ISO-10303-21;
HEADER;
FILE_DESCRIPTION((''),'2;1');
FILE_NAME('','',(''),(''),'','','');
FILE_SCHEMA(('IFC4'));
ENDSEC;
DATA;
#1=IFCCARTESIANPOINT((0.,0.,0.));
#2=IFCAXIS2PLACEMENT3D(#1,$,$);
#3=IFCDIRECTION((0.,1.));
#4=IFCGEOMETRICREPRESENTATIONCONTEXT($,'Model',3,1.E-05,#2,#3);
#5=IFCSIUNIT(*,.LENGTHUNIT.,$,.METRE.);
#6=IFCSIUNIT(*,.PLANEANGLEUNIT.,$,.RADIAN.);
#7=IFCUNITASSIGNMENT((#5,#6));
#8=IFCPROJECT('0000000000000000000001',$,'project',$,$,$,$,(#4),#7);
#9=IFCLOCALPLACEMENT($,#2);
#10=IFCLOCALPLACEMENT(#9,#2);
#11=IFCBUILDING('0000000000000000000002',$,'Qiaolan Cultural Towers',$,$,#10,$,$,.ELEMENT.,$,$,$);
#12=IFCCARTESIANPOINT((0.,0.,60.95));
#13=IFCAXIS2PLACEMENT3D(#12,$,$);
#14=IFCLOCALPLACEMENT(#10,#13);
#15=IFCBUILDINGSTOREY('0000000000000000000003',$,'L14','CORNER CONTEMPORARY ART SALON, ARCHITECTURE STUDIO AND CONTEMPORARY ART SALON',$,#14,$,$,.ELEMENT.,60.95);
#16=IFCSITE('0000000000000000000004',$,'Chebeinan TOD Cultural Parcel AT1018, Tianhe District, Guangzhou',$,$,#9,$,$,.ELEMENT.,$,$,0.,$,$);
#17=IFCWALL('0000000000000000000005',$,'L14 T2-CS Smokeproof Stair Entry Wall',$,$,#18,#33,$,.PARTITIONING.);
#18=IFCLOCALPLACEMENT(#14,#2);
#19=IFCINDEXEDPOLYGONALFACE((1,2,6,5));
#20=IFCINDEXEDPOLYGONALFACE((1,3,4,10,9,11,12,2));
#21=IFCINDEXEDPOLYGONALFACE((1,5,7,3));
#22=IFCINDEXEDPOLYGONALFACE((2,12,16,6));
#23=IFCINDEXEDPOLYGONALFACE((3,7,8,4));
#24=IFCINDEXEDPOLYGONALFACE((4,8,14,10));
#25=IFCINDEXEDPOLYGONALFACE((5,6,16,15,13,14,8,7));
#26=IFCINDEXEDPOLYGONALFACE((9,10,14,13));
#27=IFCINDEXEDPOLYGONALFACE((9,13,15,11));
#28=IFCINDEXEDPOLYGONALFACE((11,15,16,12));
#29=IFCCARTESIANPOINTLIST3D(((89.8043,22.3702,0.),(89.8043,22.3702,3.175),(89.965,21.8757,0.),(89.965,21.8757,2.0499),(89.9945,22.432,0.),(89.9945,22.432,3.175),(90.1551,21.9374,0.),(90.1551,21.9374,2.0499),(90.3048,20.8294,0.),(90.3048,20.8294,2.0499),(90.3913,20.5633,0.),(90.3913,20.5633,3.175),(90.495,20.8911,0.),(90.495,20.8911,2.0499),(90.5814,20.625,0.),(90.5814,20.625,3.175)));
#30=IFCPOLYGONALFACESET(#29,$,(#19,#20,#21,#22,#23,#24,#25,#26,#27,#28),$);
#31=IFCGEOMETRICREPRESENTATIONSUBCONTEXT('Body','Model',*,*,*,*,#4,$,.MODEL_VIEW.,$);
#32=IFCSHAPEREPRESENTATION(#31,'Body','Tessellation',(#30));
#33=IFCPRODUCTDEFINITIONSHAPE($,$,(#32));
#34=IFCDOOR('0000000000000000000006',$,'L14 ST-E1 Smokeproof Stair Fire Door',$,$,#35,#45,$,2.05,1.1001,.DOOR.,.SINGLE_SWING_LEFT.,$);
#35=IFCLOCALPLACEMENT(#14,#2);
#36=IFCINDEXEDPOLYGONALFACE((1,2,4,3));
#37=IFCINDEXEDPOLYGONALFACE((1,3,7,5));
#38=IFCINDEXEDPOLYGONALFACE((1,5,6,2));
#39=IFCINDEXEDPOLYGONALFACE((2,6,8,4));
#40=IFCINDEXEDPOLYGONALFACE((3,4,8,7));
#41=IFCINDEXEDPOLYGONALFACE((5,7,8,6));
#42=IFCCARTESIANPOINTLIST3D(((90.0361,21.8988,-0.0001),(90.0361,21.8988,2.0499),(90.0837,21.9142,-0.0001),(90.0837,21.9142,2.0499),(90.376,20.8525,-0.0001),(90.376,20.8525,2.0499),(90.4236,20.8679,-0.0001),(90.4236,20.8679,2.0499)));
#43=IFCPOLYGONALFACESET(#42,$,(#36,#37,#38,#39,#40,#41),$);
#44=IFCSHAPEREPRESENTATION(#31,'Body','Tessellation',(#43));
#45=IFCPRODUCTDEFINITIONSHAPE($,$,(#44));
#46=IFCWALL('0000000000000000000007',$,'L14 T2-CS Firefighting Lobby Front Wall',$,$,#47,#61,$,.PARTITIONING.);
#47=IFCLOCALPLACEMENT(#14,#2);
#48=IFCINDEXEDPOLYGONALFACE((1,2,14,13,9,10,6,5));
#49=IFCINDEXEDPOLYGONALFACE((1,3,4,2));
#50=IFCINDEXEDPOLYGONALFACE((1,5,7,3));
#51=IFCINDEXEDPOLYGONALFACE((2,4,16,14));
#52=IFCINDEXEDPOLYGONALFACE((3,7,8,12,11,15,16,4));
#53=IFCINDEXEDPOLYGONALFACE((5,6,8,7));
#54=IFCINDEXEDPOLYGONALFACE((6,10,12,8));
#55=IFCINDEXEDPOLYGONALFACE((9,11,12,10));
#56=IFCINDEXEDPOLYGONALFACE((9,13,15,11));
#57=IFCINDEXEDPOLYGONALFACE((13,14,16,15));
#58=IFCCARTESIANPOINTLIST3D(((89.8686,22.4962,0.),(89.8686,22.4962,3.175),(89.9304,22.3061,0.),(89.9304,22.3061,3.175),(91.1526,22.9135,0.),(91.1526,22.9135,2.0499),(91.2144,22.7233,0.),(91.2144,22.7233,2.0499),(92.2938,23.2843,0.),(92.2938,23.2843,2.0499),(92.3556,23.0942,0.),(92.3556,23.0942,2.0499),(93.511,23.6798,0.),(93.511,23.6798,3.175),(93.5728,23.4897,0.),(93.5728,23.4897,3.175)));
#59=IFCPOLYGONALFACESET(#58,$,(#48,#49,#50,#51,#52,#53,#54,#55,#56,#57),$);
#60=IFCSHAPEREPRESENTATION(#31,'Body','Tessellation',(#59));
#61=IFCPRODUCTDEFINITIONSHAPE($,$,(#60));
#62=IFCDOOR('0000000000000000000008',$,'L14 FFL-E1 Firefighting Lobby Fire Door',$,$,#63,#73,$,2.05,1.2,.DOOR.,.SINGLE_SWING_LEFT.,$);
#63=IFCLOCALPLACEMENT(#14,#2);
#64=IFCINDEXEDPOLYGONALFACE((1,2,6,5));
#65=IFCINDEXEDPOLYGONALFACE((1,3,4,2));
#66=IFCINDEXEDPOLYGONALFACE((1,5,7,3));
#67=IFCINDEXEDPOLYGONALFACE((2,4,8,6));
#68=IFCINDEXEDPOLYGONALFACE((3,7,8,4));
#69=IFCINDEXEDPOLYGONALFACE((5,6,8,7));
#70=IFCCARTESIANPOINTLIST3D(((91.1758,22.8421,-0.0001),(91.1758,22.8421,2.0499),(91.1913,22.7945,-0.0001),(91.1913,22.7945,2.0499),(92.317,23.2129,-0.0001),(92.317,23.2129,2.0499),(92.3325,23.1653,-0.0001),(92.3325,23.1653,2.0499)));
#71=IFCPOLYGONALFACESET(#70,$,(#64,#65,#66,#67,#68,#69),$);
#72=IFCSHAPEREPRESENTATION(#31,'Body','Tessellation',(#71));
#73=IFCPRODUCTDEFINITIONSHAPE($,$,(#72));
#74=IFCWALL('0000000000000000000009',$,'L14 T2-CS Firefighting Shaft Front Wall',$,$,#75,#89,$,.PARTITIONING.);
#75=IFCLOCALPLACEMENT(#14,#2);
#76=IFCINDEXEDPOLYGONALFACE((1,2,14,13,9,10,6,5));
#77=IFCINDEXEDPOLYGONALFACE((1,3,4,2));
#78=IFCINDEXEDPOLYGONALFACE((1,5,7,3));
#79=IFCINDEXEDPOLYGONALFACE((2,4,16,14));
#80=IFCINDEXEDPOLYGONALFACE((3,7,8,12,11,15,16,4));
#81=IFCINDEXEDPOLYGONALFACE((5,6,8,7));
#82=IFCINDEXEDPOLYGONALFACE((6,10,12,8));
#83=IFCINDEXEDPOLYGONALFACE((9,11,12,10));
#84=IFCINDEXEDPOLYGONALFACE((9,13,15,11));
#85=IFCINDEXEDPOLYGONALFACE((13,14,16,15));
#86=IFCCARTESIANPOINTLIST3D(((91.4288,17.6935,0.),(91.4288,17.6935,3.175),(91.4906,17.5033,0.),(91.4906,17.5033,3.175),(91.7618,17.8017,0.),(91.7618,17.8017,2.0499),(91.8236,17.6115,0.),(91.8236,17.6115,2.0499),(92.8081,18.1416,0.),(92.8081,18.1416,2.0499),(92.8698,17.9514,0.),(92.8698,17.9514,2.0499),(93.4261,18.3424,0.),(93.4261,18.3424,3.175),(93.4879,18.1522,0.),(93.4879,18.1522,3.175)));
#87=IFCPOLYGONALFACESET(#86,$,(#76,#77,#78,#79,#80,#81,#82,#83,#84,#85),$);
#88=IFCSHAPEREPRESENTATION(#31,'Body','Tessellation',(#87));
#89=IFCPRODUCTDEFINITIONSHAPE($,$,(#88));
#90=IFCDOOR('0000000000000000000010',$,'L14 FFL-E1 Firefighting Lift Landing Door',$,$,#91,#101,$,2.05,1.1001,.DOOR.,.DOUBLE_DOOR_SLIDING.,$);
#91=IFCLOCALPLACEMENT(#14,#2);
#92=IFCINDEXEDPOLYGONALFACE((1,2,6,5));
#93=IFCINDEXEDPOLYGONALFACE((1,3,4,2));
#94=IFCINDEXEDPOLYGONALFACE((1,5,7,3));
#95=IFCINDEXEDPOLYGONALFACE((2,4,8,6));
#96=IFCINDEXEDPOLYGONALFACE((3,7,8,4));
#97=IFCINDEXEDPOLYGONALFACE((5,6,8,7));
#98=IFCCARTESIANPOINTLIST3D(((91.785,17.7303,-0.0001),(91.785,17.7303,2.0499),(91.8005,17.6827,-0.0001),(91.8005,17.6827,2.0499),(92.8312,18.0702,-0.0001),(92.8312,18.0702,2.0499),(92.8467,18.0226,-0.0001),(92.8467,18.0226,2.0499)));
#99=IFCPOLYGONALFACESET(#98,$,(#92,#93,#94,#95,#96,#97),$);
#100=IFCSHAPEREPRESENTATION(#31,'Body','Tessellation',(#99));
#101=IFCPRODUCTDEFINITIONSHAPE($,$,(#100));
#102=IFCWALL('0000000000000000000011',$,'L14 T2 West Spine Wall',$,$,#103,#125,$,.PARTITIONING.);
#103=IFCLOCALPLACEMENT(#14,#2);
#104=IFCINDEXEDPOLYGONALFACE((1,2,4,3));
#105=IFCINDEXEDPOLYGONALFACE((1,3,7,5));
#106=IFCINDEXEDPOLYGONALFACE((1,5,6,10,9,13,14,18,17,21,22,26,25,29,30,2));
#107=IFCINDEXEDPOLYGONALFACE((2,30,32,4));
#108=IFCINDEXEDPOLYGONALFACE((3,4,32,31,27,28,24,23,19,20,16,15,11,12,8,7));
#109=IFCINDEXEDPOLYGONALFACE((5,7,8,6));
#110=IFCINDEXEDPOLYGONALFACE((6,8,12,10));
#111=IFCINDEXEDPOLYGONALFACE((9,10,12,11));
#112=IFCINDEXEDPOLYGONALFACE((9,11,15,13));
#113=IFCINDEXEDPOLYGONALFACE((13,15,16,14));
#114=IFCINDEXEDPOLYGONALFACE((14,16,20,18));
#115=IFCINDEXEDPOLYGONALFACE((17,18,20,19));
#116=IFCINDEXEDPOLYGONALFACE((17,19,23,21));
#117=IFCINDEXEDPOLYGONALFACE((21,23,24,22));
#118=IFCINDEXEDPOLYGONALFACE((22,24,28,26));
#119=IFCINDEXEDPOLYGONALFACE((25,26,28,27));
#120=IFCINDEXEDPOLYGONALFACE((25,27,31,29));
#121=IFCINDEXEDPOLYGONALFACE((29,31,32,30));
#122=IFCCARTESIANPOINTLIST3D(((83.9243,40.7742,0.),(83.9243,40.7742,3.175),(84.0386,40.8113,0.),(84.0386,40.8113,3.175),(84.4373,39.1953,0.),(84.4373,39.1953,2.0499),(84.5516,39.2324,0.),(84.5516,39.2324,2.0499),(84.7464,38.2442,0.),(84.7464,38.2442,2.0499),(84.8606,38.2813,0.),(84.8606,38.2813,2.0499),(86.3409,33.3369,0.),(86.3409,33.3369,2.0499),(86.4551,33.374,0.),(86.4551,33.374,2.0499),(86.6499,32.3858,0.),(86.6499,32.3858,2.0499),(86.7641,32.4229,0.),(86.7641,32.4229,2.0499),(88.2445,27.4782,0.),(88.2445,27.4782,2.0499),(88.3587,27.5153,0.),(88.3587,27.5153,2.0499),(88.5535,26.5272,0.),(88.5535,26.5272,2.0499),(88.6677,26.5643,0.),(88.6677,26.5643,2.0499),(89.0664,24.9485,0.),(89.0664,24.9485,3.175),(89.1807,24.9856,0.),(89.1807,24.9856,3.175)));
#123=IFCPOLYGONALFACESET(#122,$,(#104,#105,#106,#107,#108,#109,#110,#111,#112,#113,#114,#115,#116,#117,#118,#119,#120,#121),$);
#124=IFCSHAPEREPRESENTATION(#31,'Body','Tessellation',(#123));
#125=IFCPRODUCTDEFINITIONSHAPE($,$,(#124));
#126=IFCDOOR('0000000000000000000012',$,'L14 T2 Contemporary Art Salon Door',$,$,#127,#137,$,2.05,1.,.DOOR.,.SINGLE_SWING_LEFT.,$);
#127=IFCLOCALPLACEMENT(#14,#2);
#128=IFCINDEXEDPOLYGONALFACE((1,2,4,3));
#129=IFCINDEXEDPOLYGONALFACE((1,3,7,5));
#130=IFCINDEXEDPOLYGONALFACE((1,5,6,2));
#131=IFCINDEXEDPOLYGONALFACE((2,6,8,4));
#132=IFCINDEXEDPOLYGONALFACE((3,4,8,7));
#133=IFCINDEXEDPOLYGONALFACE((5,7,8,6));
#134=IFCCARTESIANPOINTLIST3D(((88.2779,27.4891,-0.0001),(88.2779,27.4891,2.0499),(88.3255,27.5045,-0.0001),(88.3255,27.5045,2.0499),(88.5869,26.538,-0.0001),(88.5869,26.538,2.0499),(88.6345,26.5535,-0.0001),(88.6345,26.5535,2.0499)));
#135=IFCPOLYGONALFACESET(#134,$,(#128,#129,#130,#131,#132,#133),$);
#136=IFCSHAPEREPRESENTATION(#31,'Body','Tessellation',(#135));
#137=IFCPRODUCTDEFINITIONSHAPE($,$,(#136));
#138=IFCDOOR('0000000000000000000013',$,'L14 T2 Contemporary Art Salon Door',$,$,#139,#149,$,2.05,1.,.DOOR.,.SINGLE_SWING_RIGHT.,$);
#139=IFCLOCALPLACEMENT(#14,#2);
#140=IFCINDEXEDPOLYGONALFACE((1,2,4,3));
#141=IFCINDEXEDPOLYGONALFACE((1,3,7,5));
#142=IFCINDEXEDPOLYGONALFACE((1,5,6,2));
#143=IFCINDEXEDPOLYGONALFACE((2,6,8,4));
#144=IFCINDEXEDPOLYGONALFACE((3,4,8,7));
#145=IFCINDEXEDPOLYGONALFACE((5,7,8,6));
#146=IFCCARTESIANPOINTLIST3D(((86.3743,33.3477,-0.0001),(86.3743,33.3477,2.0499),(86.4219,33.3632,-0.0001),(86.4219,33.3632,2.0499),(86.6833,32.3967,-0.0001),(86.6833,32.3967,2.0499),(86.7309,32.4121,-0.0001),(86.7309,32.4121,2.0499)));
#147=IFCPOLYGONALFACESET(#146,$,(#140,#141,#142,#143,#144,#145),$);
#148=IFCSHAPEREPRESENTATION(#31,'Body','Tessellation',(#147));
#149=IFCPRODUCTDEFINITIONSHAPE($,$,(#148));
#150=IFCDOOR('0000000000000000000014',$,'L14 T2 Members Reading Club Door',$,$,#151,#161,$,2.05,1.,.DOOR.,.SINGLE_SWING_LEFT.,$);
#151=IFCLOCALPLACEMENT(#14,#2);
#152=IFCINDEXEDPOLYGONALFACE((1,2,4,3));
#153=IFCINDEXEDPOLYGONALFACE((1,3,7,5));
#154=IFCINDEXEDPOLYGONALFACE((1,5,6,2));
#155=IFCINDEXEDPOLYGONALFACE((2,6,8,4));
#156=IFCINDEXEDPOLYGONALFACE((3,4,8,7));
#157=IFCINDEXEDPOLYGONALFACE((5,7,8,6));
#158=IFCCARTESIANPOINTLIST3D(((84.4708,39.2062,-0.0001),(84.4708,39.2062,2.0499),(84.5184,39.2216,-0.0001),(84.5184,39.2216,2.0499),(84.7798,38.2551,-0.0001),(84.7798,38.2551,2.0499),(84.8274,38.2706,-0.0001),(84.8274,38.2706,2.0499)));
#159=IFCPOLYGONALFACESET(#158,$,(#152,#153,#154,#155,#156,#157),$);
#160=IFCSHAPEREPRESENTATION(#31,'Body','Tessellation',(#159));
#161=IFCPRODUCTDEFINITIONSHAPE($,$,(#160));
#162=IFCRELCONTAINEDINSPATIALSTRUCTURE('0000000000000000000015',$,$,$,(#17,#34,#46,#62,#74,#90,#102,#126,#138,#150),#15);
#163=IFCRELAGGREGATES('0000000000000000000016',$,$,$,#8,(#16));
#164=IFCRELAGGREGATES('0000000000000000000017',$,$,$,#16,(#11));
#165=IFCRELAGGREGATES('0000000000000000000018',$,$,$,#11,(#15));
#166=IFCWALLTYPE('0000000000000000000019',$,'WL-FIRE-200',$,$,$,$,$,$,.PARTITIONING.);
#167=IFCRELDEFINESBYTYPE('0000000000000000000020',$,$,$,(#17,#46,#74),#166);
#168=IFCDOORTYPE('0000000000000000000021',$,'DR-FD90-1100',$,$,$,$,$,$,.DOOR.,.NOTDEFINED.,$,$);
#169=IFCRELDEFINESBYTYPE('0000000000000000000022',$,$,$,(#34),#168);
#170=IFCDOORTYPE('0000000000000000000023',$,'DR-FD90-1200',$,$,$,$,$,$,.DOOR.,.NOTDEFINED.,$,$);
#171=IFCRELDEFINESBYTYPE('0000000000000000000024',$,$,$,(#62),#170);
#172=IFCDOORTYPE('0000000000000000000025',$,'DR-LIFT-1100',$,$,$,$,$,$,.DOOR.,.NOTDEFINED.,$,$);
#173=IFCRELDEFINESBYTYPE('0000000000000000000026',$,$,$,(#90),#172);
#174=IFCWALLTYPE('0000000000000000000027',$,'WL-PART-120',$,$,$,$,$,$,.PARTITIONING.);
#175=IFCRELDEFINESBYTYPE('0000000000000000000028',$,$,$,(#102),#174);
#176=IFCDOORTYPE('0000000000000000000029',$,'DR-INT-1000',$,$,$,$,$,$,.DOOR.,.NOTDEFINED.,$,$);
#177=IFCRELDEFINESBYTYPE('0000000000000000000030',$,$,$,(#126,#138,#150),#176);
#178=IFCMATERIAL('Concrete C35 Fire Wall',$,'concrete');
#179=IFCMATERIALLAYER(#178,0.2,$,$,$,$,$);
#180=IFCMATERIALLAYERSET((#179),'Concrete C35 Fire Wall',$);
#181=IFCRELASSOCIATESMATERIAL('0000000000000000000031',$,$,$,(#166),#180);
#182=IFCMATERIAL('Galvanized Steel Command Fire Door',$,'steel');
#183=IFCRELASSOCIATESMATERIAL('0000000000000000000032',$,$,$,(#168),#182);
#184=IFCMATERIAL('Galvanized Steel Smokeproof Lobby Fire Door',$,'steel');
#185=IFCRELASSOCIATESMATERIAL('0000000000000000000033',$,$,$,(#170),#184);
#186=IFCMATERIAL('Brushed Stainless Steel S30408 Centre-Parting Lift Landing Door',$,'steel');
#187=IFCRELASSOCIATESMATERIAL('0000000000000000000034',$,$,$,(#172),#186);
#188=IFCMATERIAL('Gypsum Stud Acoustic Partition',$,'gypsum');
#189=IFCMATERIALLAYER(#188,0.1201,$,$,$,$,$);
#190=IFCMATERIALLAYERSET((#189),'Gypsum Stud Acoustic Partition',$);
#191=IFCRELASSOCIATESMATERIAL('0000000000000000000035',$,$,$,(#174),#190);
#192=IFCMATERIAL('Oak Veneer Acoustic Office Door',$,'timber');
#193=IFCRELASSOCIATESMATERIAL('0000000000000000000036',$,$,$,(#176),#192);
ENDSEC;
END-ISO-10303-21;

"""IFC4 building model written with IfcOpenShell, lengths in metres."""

from ifc_helpers import new_model, si_unit, direction, frame, frame_2d, origin, place, context, subcontext, project, spatial, rectangle, extrude, material, layer, layer_set, type_object, element, fill, save


model = new_model("IFC4")

# Units and contexts
model_context = context("Model", 3, precision=1e-05, world=origin(), true_north=direction((0.0, 1.0)))
body_context = subcontext(model_context, "Body", "Model", "MODEL_VIEW")
ifc_project = project(units=[si_unit("LENGTHUNIT", "METRE"), si_unit("PLANEANGLEUNIT", "RADIAN")], contexts=[model_context])

# Site, building, storey
site_placement = place(None, origin())
site = spatial("IfcSite", under=ifc_project, at=site_placement, Name="Chebeinan TOD Cultural Parcel AT1018, Tianhe District, Guangzhou", CompositionType="ELEMENT", RefElevation=0.0)
building_placement = place(site_placement, origin())
building = spatial("IfcBuilding", under=site, at=building_placement, Name="Qiaolan Cultural Towers", CompositionType="ELEMENT")
storey_placement = place(building_placement, frame((0.0, 0.0, 60.95)))
storey = spatial("IfcBuildingStorey", under=building, at=storey_placement, Name="L14", Description="CORNER CONTEMPORARY ART SALON, ARCHITECTURE STUDIO AND CONTEMPORARY ART SALON", CompositionType="ELEMENT", Elevation=60.95)

# Walls, openings, doors
ifc_material_1 = material(Name="Concrete C35 Fire Wall", Category="concrete")
ifc_layer_1 = layer(ifc_material_1, 0.2)
ifc_layer_set_1 = layer_set([ifc_layer_1], Name="Concrete C35 Fire Wall")
wall_type_1 = type_object("IfcWallType", Name="WL-FIRE-200", PredefinedType="PARTITIONING", material=ifc_layer_set_1)
wall_1_placement = place(storey_placement, frame((89.8994, 22.4011, 0.0), z_axis=(0.0, 0.0, 1.0), x_axis=(0.308932, -0.951084, 0.0)))
wall_1 = element("IfcWall", 1, at=wall_1_placement, inside=storey, type_object=wall_type_1, Name="L14 T2-CS Smokeproof Stair Entry Wall", PredefinedType="PARTITIONING", context=body_context, shape_type="SweptSolid", body=[
    extrude(rectangle(XDim=1.8999, YDim=0.2, at=frame_2d((0.95, 0.0))), origin(), (0.0, 0.0, 1.0), 3.175),
])
opening_1_placement = place(wall_1_placement, frame((0.52, 0.0, 0.0)))
opening_1 = element("IfcOpeningElement", 2, at=opening_1_placement, cuts=wall_1, PredefinedType="OPENING", context=body_context, shape_type="SweptSolid", body=[
    extrude(rectangle(XDim=1.1001, YDim=2.05, at=frame_2d((0.55, 1.0249))), frame((0.0, 0.1099, 0.0), z_axis=(0.0, -1.0, 0.0), x_axis=(1.0, 0.0, 0.0)), (0.0, 0.0, 1.0), 0.22),
])
ifc_material_2 = material(Name="Galvanized Steel Command Fire Door", Category="steel")
door_type_1 = type_object("IfcDoorType", Name="DR-FD90-1100", OperationType="NOTDEFINED", PredefinedType="DOOR", material=ifc_material_2)
door_1_placement = place(opening_1_placement, origin())
door_1 = element("IfcDoor", 3, at=door_1_placement, inside=storey, type_object=door_type_1, Name="L14 ST-E1 Smokeproof Stair Fire Door", OperationType="SINGLE_SWING_LEFT", OverallHeight=2.05, OverallWidth=1.1001, PredefinedType="DOOR", context=body_context, shape_type="SweptSolid", body=[
    extrude(rectangle(XDim=1.1001, YDim=2.05, at=frame_2d((0.55, 1.0249))), frame((0.0, 0.0249, 0.0), z_axis=(0.0, -1.0, 0.0), x_axis=(1.0, 0.0, 0.0)), (0.0, 0.0, 1.0), 0.05),
])
fill(opening_1, door_1)
wall_2_placement = place(storey_placement, frame((89.8994, 22.4011, 0.0), z_axis=(0.0, 0.0, 1.0), x_axis=(0.951047, 0.309047, 0.0)))
wall_2 = element("IfcWall", 4, at=wall_2_placement, inside=storey, type_object=wall_type_1, Name="L14 T2-CS Firefighting Lobby Front Wall", PredefinedType="PARTITIONING", context=body_context, shape_type="SweptSolid", body=[
    extrude(rectangle(XDim=3.8298, YDim=0.2, at=frame_2d((1.915, 0.0))), origin(), (0.0, 0.0, 1.0), 3.175),
])
opening_2_placement = place(wall_2_placement, frame((1.3501, 0.0, 0.0)))
opening_2 = element("IfcOpeningElement", 5, at=opening_2_placement, cuts=wall_2, PredefinedType="OPENING", context=body_context, shape_type="SweptSolid", body=[
    extrude(rectangle(XDim=1.2, YDim=2.05, at=frame_2d((0.6001, 1.0249))), frame((0.0, 0.1099, 0.0), z_axis=(0.0, -1.0, 0.0), x_axis=(1.0, 0.0, 0.0)), (0.0, 0.0, 1.0), 0.22),
])
ifc_material_3 = material(Name="Galvanized Steel Smokeproof Lobby Fire Door", Category="steel")
door_type_2 = type_object("IfcDoorType", Name="DR-FD90-1200", OperationType="NOTDEFINED", PredefinedType="DOOR", material=ifc_material_3)
door_2_placement = place(opening_2_placement, origin())
door_2 = element("IfcDoor", 6, at=door_2_placement, inside=storey, type_object=door_type_2, Name="L14 FFL-E1 Firefighting Lobby Fire Door", OperationType="SINGLE_SWING_LEFT", OverallHeight=2.05, OverallWidth=1.2, PredefinedType="DOOR", context=body_context, shape_type="SweptSolid", body=[
    extrude(rectangle(XDim=1.2, YDim=2.05, at=frame_2d((0.6001, 1.0249))), frame((0.0, 0.0249, 0.0), z_axis=(0.0, -1.0, 0.0), x_axis=(1.0, 0.0, 0.0)), (0.0, 0.0, 1.0), 0.05),
])
fill(opening_2, door_2)
wall_3_placement = place(storey_placement, frame((91.4597, 17.5984, 0.0), z_axis=(0.0, 0.0, 1.0), x_axis=(0.951062, 0.308999, 0.0)))
wall_3 = element("IfcWall", 7, at=wall_3_placement, inside=storey, type_object=wall_type_1, Name="L14 T2-CS Firefighting Shaft Front Wall", PredefinedType="PARTITIONING", context=body_context, shape_type="SweptSolid", body=[
    extrude(rectangle(XDim=2.1001, YDim=0.2, at=frame_2d((1.05, 0.0))), origin(), (0.0, 0.0, 1.0), 3.175),
])
opening_3_placement = place(wall_3_placement, frame((0.3501, 0.0, 0.0)))
opening_3 = element("IfcOpeningElement", 8, at=opening_3_placement, cuts=wall_3, PredefinedType="OPENING", context=body_context, shape_type="SweptSolid", body=[
    extrude(rectangle(XDim=1.1001, YDim=2.05, at=frame_2d((0.55, 1.0249))), frame((0.0, 0.1099, 0.0), z_axis=(0.0, -1.0, 0.0), x_axis=(1.0, 0.0, 0.0)), (0.0, 0.0, 1.0), 0.22),
])
ifc_material_4 = material(Name="Brushed Stainless Steel S30408 Centre-Parting Lift Landing Door", Category="steel")
door_type_3 = type_object("IfcDoorType", Name="DR-LIFT-1100", OperationType="NOTDEFINED", PredefinedType="DOOR", material=ifc_material_4)
door_3_placement = place(opening_3_placement, origin())
door_3 = element("IfcDoor", 9, at=door_3_placement, inside=storey, type_object=door_type_3, Name="L14 FFL-E1 Firefighting Lift Landing Door", OperationType="DOUBLE_DOOR_SLIDING", OverallHeight=2.05, OverallWidth=1.1001, PredefinedType="DOOR", context=body_context, shape_type="SweptSolid", body=[
    extrude(rectangle(XDim=1.1001, YDim=2.05, at=frame_2d((0.55, 1.0249))), frame((0.0, 0.0249, 0.0), z_axis=(0.0, -1.0, 0.0), x_axis=(1.0, 0.0, 0.0)), (0.0, 0.0, 1.0), 0.05),
])
fill(opening_3, door_3)

# Wall, openings, doors
ifc_material_5 = material(Name="Gypsum Stud Acoustic Partition", Category="gypsum")
ifc_layer_2 = layer(ifc_material_5, 0.1201)
ifc_layer_set_2 = layer_set([ifc_layer_2], Name="Gypsum Stud Acoustic Partition")
wall_type_2 = type_object("IfcWallType", Name="WL-PART-120", PredefinedType="PARTITIONING", material=ifc_layer_set_2)
wall_4_placement = place(storey_placement, frame((89.1235, 24.967, 0.0), z_axis=(0.0, 0.0, 1.0), x_axis=(-0.309018, 0.951056, 0.0)))
wall_4 = element("IfcWall", 10, at=wall_4_placement, inside=storey, type_object=wall_type_2, Name="L14 T2 West Spine Wall", PredefinedType="PARTITIONING", context=body_context, shape_type="SweptSolid", body=[
    extrude(rectangle(XDim=16.6401, YDim=0.1201, at=frame_2d((8.3201, 0.0))), origin(), (0.0, 0.0, 1.0), 3.175),
])
opening_4_placement = place(wall_4_placement, frame((1.6599, 0.0, 0.0)))
opening_4 = element("IfcOpeningElement", 11, at=opening_4_placement, cuts=wall_4, PredefinedType="OPENING", context=body_context, shape_type="SweptSolid", body=[
    extrude(rectangle(XDim=1.0, YDim=2.05, at=frame_2d((0.5, 1.0249))), frame((0.0, 0.0701, 0.0), z_axis=(0.0, -1.0, 0.0), x_axis=(1.0, 0.0, 0.0)), (0.0, 0.0, 1.0), 0.1401),
])
opening_5_placement = place(wall_4_placement, frame((7.8201, 0.0, 0.0)))
opening_5 = element("IfcOpeningElement", 12, at=opening_5_placement, cuts=wall_4, PredefinedType="OPENING", context=body_context, shape_type="SweptSolid", body=[
    extrude(rectangle(XDim=1.0, YDim=2.05, at=frame_2d((0.5, 1.0249))), frame((0.0, 0.0701, 0.0), z_axis=(0.0, -1.0, 0.0), x_axis=(1.0, 0.0, 0.0)), (0.0, 0.0, 1.0), 0.1401),
])
opening_6_placement = place(wall_4_placement, frame((13.98, 0.0, 0.0)))
opening_6 = element("IfcOpeningElement", 13, at=opening_6_placement, cuts=wall_4, PredefinedType="OPENING", context=body_context, shape_type="SweptSolid", body=[
    extrude(rectangle(XDim=1.0, YDim=2.05, at=frame_2d((0.5, 1.0249))), frame((0.0, 0.0701, 0.0), z_axis=(0.0, -1.0, 0.0), x_axis=(1.0, 0.0, 0.0)), (0.0, 0.0, 1.0), 0.1401),
])
ifc_material_6 = material(Name="Oak Veneer Acoustic Office Door", Category="timber")
door_type_4 = type_object("IfcDoorType", Name="DR-INT-1000", OperationType="NOTDEFINED", PredefinedType="DOOR", material=ifc_material_6)
door_4_placement = place(opening_4_placement, origin())
door_4 = element("IfcDoor", 14, at=door_4_placement, inside=storey, type_object=door_type_4, Name="L14 T2 Contemporary Art Salon Door", OperationType="SINGLE_SWING_LEFT", OverallHeight=2.05, OverallWidth=1.0, PredefinedType="DOOR", context=body_context, shape_type="SweptSolid", body=[
    extrude(rectangle(XDim=1.0, YDim=2.05, at=frame_2d((0.5, 1.0249))), frame((0.0, 0.0249, 0.0), z_axis=(0.0, -1.0, 0.0), x_axis=(1.0, 0.0, 0.0)), (0.0, 0.0, 1.0), 0.05),
])
fill(opening_4, door_4)
door_5_placement = place(opening_5_placement, origin())
door_5 = element("IfcDoor", 15, at=door_5_placement, inside=storey, type_object=door_type_4, Name="L14 T2 Contemporary Art Salon Door", OperationType="SINGLE_SWING_RIGHT", OverallHeight=2.05, OverallWidth=1.0, PredefinedType="DOOR", context=body_context, shape_type="SweptSolid", body=[
    extrude(rectangle(XDim=1.0, YDim=2.05, at=frame_2d((0.5, 1.0249))), frame((0.0, 0.0249, 0.0), z_axis=(0.0, -1.0, 0.0), x_axis=(1.0, 0.0, 0.0)), (0.0, 0.0, 1.0), 0.05),
])
fill(opening_5, door_5)
door_6_placement = place(opening_6_placement, origin())
door_6 = element("IfcDoor", 16, at=door_6_placement, inside=storey, type_object=door_type_4, Name="L14 T2 Members Reading Club Door", OperationType="SINGLE_SWING_LEFT", OverallHeight=2.05, OverallWidth=1.0, PredefinedType="DOOR", context=body_context, shape_type="SweptSolid", body=[
    extrude(rectangle(XDim=1.0, YDim=2.05, at=frame_2d((0.5, 1.0249))), frame((0.0, 0.0249, 0.0), z_axis=(0.0, -1.0, 0.0), x_axis=(1.0, 0.0, 0.0)), (0.0, 0.0, 1.0), 0.05),
])
fill(opening_6, door_6)

save(model, "model.ifc")
